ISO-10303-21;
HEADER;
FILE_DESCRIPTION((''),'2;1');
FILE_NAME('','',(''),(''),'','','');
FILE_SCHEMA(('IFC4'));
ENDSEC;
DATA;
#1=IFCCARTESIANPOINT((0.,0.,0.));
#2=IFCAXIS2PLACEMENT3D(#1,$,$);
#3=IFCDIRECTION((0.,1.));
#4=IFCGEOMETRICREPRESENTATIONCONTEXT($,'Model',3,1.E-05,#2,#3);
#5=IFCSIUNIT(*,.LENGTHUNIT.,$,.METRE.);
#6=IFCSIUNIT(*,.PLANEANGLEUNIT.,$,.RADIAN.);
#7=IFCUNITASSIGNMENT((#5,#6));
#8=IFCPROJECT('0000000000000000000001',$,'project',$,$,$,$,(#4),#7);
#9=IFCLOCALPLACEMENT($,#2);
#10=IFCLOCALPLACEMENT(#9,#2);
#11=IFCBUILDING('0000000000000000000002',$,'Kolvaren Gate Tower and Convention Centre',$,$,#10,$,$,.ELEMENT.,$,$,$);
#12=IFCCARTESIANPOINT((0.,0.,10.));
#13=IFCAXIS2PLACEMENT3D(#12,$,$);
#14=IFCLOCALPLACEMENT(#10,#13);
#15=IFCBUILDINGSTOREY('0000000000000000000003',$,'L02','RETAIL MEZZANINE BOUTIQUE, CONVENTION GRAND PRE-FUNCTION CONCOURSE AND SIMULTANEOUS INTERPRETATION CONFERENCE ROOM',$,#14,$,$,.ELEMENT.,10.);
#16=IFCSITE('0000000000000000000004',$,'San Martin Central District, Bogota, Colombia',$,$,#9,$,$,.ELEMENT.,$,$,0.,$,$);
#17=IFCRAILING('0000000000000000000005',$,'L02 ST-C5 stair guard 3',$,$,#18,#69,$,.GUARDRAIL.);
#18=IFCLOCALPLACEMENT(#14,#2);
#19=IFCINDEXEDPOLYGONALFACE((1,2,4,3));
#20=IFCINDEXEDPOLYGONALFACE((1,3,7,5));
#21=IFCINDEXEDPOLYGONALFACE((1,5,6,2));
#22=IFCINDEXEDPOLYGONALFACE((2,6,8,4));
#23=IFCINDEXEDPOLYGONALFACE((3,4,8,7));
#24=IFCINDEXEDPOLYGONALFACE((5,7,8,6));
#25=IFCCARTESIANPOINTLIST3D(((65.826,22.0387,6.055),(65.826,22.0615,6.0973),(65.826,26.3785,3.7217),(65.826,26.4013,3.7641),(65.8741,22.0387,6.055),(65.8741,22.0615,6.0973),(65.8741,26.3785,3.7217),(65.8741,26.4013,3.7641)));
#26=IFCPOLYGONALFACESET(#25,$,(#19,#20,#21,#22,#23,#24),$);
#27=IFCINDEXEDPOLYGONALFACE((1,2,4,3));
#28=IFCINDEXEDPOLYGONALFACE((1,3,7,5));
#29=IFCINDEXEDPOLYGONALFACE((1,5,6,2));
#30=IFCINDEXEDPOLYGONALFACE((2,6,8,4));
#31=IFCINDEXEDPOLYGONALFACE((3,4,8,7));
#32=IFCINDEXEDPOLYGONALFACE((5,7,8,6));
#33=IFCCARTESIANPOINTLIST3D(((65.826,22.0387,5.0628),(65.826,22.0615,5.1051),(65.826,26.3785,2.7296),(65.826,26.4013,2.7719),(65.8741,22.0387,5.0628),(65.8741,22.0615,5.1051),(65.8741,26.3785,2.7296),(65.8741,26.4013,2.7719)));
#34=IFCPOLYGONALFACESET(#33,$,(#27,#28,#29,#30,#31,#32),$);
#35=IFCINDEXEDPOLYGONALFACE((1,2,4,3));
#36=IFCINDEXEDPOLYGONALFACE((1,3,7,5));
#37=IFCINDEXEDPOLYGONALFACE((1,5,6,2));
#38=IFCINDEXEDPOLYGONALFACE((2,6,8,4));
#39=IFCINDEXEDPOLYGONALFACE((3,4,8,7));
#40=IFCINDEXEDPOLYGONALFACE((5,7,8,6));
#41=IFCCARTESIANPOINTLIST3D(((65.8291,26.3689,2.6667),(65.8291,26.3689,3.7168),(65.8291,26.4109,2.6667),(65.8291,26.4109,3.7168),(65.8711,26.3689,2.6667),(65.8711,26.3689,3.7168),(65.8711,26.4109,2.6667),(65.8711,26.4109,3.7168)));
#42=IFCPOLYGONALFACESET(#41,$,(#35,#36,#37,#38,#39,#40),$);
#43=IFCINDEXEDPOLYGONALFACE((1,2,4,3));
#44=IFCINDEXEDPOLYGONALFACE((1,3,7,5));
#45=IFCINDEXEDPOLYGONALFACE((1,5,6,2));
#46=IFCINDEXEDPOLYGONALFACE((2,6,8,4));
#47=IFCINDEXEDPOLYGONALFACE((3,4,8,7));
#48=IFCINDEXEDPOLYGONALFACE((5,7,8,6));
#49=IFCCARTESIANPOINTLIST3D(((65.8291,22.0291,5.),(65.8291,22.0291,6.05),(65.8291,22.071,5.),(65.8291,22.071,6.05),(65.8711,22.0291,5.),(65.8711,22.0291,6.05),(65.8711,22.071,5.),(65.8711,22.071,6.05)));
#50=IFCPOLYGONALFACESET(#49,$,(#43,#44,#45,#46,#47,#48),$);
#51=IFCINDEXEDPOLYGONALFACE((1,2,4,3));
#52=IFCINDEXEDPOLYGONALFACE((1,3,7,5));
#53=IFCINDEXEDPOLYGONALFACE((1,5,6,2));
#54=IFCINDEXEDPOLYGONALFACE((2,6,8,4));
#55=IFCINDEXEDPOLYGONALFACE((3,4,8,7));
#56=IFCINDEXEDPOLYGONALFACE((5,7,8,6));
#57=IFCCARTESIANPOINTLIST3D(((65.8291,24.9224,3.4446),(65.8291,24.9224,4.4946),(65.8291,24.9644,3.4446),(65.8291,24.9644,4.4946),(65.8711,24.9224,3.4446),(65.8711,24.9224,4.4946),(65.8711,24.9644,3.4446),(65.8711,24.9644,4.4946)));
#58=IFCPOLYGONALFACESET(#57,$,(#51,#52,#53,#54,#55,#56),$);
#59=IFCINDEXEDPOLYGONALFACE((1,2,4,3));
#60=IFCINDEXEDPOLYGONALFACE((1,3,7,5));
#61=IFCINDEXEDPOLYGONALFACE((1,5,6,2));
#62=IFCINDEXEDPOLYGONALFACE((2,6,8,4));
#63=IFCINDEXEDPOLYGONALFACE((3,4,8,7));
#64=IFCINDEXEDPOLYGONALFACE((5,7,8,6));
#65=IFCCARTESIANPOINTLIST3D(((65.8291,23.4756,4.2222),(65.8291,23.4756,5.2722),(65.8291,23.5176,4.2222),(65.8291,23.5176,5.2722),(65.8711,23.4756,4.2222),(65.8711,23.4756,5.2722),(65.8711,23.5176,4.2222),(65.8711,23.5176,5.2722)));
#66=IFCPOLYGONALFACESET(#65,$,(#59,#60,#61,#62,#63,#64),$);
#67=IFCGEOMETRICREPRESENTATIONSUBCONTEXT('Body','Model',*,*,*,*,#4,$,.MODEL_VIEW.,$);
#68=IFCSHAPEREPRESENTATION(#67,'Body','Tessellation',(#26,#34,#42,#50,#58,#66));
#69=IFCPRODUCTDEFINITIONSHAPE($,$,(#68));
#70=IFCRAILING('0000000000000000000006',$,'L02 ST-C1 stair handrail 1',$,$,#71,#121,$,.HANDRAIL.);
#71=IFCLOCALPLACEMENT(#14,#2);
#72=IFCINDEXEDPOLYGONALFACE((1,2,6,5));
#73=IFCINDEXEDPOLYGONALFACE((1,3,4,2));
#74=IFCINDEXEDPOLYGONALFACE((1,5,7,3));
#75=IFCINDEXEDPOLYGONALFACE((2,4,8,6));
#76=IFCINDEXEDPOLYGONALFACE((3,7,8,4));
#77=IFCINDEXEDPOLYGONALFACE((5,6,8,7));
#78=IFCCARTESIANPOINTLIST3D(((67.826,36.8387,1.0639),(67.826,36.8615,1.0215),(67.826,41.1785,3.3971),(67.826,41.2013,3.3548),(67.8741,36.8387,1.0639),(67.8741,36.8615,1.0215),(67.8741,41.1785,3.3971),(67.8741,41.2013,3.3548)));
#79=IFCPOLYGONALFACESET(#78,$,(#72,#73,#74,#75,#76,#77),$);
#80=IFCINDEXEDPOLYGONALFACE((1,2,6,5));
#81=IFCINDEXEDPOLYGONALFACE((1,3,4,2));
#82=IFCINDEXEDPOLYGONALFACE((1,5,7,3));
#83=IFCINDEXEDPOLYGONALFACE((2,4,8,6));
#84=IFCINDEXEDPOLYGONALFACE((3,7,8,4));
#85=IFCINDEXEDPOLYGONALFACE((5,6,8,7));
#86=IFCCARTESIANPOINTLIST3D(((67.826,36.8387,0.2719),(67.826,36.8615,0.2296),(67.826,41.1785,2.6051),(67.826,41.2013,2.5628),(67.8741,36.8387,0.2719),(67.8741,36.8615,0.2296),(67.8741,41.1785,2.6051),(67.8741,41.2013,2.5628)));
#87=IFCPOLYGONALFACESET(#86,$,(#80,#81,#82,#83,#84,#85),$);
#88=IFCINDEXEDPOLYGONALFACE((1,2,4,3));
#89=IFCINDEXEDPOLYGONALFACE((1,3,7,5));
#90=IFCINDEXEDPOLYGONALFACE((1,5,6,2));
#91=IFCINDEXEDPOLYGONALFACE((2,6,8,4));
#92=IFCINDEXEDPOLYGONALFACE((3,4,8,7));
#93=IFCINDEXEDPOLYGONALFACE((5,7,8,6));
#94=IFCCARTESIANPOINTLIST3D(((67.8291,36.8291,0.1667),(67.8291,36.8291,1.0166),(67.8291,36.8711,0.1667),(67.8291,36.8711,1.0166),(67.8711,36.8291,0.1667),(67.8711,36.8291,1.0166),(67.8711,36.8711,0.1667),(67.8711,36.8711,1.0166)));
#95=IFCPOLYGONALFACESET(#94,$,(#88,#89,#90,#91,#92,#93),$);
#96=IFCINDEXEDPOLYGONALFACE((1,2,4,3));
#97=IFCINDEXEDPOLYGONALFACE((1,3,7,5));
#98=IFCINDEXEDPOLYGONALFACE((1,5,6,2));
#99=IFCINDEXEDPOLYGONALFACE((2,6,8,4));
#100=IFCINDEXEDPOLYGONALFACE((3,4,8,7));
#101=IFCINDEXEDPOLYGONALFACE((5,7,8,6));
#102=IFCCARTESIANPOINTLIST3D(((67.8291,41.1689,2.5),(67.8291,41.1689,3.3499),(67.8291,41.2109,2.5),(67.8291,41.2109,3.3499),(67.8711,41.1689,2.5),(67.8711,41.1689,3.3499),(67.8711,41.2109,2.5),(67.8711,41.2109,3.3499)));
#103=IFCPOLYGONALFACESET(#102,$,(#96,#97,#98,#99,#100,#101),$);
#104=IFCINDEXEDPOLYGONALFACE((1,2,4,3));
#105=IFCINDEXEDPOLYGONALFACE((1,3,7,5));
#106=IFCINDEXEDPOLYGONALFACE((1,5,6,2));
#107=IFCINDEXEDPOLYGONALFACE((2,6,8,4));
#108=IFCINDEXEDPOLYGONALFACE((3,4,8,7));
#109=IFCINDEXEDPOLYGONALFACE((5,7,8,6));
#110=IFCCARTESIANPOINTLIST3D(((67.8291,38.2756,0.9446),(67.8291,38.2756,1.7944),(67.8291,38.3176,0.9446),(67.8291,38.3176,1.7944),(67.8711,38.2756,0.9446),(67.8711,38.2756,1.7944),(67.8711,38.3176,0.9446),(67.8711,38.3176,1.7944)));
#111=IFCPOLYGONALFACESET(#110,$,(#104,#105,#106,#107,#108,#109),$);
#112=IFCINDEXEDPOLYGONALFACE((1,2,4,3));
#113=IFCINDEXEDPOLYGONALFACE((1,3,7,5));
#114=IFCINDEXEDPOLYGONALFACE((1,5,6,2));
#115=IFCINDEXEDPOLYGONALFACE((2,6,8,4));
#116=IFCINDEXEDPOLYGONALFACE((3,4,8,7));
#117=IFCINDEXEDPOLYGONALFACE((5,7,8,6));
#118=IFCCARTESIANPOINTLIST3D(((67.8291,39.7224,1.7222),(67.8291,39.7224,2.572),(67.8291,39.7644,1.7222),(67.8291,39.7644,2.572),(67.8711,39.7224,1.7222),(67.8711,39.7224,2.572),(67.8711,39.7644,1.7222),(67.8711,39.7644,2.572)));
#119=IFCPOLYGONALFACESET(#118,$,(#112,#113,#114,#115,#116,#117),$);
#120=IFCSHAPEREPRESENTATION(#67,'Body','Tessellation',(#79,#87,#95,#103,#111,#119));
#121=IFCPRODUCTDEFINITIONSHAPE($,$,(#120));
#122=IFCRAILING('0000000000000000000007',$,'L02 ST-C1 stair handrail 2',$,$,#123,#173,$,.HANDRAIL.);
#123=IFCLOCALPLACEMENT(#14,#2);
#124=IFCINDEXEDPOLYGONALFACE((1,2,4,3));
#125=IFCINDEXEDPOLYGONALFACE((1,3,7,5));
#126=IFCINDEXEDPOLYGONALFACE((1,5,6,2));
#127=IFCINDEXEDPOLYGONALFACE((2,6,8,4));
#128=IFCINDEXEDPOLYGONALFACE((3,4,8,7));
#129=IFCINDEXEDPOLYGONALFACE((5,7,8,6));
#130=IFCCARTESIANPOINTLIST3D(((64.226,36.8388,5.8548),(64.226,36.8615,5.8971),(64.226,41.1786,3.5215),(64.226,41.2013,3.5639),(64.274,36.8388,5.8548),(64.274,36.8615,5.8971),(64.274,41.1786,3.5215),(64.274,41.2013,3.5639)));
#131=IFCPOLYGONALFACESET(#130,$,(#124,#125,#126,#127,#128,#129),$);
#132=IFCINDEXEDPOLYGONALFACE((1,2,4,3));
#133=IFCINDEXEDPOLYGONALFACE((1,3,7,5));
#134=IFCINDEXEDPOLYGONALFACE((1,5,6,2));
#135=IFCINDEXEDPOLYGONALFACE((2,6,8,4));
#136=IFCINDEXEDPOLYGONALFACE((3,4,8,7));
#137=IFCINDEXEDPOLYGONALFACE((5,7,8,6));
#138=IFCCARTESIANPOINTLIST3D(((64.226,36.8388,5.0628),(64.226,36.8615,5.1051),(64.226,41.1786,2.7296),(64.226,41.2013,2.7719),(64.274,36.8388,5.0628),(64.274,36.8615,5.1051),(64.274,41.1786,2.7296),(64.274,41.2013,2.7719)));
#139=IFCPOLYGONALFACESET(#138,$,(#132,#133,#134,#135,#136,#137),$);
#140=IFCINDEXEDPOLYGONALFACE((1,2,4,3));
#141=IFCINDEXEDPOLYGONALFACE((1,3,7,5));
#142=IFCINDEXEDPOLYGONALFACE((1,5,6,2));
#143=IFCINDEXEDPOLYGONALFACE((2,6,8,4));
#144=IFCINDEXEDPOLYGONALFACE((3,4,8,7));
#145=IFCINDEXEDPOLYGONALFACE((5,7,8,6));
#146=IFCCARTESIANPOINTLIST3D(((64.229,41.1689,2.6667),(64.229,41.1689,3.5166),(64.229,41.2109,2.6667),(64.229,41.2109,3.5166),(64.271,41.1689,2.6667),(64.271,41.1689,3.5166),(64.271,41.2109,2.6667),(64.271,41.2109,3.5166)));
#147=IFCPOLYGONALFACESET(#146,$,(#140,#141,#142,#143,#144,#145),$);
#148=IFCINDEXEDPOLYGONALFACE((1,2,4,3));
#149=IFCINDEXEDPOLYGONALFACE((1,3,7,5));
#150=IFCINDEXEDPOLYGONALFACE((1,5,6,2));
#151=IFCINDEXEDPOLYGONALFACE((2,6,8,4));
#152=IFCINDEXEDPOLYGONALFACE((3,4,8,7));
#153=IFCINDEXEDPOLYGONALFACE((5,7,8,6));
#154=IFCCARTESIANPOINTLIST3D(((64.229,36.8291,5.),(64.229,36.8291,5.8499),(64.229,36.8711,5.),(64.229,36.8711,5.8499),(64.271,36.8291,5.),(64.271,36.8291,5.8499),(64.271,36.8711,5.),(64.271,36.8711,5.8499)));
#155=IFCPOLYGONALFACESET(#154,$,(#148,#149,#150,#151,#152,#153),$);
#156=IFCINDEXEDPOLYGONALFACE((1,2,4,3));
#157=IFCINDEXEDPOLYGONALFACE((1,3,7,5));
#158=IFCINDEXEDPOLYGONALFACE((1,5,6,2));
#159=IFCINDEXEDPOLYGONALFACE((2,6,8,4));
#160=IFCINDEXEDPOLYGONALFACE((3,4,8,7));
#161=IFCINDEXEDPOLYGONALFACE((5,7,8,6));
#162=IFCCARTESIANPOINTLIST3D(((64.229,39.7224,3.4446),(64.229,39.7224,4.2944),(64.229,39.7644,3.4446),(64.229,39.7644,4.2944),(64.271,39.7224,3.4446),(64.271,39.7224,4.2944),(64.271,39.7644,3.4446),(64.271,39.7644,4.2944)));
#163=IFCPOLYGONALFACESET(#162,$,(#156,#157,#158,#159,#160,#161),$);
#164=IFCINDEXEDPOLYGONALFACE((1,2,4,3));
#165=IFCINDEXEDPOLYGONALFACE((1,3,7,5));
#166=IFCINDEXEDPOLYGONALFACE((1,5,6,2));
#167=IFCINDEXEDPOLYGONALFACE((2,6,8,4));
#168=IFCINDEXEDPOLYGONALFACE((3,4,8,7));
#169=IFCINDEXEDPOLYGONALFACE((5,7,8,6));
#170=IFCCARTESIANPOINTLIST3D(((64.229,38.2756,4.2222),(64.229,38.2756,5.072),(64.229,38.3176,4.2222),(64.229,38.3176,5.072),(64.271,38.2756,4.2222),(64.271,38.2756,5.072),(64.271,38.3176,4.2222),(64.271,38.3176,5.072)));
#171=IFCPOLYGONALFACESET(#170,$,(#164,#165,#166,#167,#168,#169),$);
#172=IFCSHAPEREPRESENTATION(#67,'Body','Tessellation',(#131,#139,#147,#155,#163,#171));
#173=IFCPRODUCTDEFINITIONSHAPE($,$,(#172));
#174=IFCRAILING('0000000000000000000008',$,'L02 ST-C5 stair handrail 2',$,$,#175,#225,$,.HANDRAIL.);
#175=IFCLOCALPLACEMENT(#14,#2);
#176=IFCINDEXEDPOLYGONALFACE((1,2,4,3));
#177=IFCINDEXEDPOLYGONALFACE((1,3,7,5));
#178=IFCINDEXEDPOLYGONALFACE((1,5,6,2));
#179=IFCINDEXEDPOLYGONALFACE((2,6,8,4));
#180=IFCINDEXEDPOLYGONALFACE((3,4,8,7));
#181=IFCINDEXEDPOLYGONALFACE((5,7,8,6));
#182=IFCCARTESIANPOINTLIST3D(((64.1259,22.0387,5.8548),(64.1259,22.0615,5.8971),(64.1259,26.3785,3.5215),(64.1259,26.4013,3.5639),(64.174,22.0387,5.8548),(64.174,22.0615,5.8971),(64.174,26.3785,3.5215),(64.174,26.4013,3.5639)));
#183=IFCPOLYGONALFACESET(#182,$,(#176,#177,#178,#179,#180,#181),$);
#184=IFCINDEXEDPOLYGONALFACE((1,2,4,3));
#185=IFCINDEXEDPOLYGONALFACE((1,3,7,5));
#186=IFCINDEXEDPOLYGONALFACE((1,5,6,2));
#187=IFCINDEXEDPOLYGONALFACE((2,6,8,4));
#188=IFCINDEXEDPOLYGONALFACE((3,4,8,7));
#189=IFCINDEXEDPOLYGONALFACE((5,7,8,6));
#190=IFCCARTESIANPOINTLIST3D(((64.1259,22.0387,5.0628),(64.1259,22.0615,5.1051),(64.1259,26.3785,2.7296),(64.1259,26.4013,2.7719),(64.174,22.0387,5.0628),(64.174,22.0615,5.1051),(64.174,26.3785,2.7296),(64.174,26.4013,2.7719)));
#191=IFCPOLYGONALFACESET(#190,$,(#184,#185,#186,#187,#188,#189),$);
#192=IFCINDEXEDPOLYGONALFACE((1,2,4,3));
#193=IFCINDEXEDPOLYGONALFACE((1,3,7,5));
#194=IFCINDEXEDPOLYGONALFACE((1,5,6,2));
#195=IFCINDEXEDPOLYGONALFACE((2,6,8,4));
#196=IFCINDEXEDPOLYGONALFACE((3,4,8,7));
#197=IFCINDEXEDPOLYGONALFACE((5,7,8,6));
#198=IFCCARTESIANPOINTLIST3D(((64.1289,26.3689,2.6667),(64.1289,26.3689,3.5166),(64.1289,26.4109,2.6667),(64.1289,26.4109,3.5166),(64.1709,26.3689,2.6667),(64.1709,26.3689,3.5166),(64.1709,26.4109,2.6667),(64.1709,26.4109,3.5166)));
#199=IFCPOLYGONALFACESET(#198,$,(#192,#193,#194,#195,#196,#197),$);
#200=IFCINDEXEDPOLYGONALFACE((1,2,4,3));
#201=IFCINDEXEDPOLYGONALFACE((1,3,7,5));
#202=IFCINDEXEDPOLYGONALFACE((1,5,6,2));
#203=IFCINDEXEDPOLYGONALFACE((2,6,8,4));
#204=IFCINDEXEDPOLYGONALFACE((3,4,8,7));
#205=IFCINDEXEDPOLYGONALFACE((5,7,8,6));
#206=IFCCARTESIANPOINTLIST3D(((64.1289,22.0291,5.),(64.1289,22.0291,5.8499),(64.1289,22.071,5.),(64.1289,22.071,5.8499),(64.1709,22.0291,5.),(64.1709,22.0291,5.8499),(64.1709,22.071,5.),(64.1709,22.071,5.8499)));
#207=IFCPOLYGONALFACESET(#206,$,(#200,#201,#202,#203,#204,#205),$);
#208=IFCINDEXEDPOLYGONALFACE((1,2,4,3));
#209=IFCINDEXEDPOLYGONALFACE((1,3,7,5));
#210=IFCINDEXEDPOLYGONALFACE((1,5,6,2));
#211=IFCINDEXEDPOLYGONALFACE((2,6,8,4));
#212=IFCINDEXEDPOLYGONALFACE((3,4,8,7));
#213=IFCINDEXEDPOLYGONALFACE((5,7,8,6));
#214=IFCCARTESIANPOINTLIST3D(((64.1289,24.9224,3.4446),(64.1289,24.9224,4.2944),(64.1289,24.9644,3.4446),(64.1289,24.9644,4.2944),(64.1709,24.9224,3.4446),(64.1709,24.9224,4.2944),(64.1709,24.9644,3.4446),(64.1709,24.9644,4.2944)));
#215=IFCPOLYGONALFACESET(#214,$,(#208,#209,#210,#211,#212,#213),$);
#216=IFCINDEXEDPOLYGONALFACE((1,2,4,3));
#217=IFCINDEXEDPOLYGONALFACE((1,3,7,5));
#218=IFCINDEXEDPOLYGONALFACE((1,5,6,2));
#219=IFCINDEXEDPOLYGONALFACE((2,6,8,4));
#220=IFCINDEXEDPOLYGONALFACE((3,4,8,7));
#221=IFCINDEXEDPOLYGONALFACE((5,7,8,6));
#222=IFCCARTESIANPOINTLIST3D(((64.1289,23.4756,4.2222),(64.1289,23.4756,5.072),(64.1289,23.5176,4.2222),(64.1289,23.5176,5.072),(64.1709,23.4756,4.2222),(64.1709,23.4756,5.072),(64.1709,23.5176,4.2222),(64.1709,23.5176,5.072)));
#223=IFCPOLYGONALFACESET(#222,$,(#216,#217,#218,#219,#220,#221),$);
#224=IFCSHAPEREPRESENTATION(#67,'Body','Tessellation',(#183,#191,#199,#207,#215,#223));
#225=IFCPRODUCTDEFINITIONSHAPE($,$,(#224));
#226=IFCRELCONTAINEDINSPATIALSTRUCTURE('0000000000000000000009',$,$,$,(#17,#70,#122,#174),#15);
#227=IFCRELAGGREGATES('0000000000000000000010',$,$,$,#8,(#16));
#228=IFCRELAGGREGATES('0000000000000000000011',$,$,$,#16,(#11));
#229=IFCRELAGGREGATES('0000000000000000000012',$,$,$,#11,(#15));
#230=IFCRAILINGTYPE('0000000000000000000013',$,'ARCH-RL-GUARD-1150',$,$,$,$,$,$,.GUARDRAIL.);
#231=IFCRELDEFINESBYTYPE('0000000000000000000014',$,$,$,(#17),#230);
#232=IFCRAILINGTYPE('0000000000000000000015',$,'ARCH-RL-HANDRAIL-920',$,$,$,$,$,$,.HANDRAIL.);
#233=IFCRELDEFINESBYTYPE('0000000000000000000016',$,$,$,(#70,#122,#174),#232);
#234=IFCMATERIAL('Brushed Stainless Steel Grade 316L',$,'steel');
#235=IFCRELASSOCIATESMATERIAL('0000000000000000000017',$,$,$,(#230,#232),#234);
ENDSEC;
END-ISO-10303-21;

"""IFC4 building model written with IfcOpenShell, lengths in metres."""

from ifc_helpers import new_model, si_unit, direction, frame, origin, origin_2d, place, context, subcontext, project, spatial, rectangle, extrude, material, type_object, element, save


model = new_model("IFC4")

# Units and contexts
model_context = context("Model", 3, precision=1e-05, world=origin(), true_north=direction((0.0, 1.0)))
body_context = subcontext(model_context, "Body", "Model", "MODEL_VIEW")
ifc_project = project(units=[si_unit("LENGTHUNIT", "METRE"), si_unit("PLANEANGLEUNIT", "RADIAN")], contexts=[model_context])

# Site, building, storey
site_placement = place(None, origin())
site = spatial("IfcSite", under=ifc_project, at=site_placement, Name="San Martin Central District, Bogota, Colombia", CompositionType="ELEMENT", RefElevation=0.0)
building_placement = place(site_placement, origin())
building = spatial("IfcBuilding", under=site, at=building_placement, Name="Kolvaren Gate Tower and Convention Centre", CompositionType="ELEMENT")
storey_placement = place(building_placement, frame((0.0, 0.0, 10.0)))
storey = spatial("IfcBuildingStorey", under=building, at=storey_placement, Name="L02", Description="RETAIL MEZZANINE BOUTIQUE, CONVENTION GRAND PRE-FUNCTION CONCOURSE AND SIMULTANEOUS INTERPRETATION CONFERENCE ROOM", CompositionType="ELEMENT", Elevation=10.0)

# Shared definitions
ifc_material_1 = material(Name="Brushed Stainless Steel Grade 316L", Category="steel")

# Railings
railing_type_1 = type_object("IfcRailingType", Name="ARCH-RL-GUARD-1150", PredefinedType="GUARDRAIL", material=ifc_material_1)
railing_1_placement = place(storey_placement, frame((65.8501, 26.3899, 2.6667)))
element("IfcRailing", 1, at=railing_1_placement, inside=storey, type_object=railing_type_1, Name="L02 ST-C5 stair guard 3", PredefinedType="GUARDRAIL", context=body_context, shape_type="SweptSolid", body=[
    extrude(rectangle(XDim=0.0481, YDim=0.0481, at=origin_2d()), frame((0.0, 0.0, 1.0762), z_axis=(0.0, -0.880775, 0.473535), x_axis=(1.0, 0.0, 0.0)), (0.0, 0.0, 1.0), 4.9272),
    extrude(rectangle(XDim=0.0481, YDim=0.0481, at=origin_2d()), frame((0.0, 0.0, 0.084), z_axis=(0.0, -0.880775, 0.473535), x_axis=(1.0, 0.0, 0.0)), (0.0, 0.0, 1.0), 4.9272),
    extrude(rectangle(XDim=0.042, YDim=0.042, at=origin_2d()), origin(), (0.0, 0.0, 1.0), 1.05),
    extrude(rectangle(XDim=0.042, YDim=0.042, at=origin_2d()), frame((0.0, -4.3398, 2.3333)), (0.0, 0.0, 1.0), 1.05),
    extrude(rectangle(XDim=0.042, YDim=0.042, at=origin_2d()), frame((0.0, -1.4465, 0.7778)), (0.0, 0.0, 1.0), 1.05),
    extrude(rectangle(XDim=0.042, YDim=0.042, at=origin_2d()), frame((0.0, -2.8933, 1.5554)), (0.0, 0.0, 1.0), 1.05),
])
railing_type_2 = type_object("IfcRailingType", Name="ARCH-RL-HANDRAIL-920", PredefinedType="HANDRAIL", material=ifc_material_1)
railing_2_placement = place(storey_placement, frame((67.8501, 36.8501, 0.1667)))
element("IfcRailing", 2, at=railing_2_placement, inside=storey, type_object=railing_type_2, Name="L02 ST-C1 stair handrail 1", PredefinedType="HANDRAIL", context=body_context, shape_type="SweptSolid", body=[
    extrude(rectangle(XDim=0.0481, YDim=0.0481, at=origin_2d()), frame((0.0, 0.0, 0.876), z_axis=(0.0, 0.880775, 0.473535), x_axis=(-1.0, 0.0, 0.0)), (0.0, 0.0, 1.0), 4.9272),
    extrude(rectangle(XDim=0.0481, YDim=0.0481, at=origin_2d()), frame((0.0, 0.0, 0.084), z_axis=(0.0, 0.880775, 0.473535), x_axis=(-1.0, 0.0, 0.0)), (0.0, 0.0, 1.0), 4.9272),
    extrude(rectangle(XDim=0.042, YDim=0.042, at=origin_2d()), origin(), (0.0, 0.0, 1.0), 0.8499),
    extrude(rectangle(XDim=0.042, YDim=0.042, at=origin_2d()), frame((0.0, 4.3398, 2.3333)), (0.0, 0.0, 1.0), 0.8499),
    extrude(rectangle(XDim=0.042, YDim=0.042, at=origin_2d()), frame((0.0, 1.4465, 0.7778)), (0.0, 0.0, 1.0), 0.8499),
    extrude(rectangle(XDim=0.042, YDim=0.042, at=origin_2d()), frame((0.0, 2.8933, 1.5554)), (0.0, 0.0, 1.0), 0.8499),
])
for number, where, name in (
    (3, (64.25, 41.1899, 2.6667), "L02 ST-C1 stair handrail 2"),
    (4, (64.1499, 26.3899, 2.6667), "L02 ST-C5 stair handrail 2"),
):
    element("IfcRailing", number, at=place(storey_placement, frame(where)), inside=storey, type_object=railing_type_2, Name=name, PredefinedType="HANDRAIL", context=body_context, shape_type="SweptSolid", body=[
        extrude(rectangle(XDim=0.0481, YDim=0.0481, at=origin_2d()), frame((0.0, 0.0, 0.876), z_axis=(0.0, -0.880775, 0.473535), x_axis=(1.0, 0.0, 0.0)), (0.0, 0.0, 1.0), 4.9272),
        extrude(rectangle(XDim=0.0481, YDim=0.0481, at=origin_2d()), frame((0.0, 0.0, 0.084), z_axis=(0.0, -0.880775, 0.473535), x_axis=(1.0, 0.0, 0.0)), (0.0, 0.0, 1.0), 4.9272),
        extrude(rectangle(XDim=0.042, YDim=0.042, at=origin_2d()), origin(), (0.0, 0.0, 1.0), 0.8499),
        extrude(rectangle(XDim=0.042, YDim=0.042, at=origin_2d()), frame((0.0, -4.3398, 2.3333)), (0.0, 0.0, 1.0), 0.8499),
        extrude(rectangle(XDim=0.042, YDim=0.042, at=origin_2d()), frame((0.0, -1.4465, 0.7778)), (0.0, 0.0, 1.0), 0.8499),
        extrude(rectangle(XDim=0.042, YDim=0.042, at=origin_2d()), frame((0.0, -2.8933, 1.5554)), (0.0, 0.0, 1.0), 0.8499),
    ])

save(model, "model.ifc")
